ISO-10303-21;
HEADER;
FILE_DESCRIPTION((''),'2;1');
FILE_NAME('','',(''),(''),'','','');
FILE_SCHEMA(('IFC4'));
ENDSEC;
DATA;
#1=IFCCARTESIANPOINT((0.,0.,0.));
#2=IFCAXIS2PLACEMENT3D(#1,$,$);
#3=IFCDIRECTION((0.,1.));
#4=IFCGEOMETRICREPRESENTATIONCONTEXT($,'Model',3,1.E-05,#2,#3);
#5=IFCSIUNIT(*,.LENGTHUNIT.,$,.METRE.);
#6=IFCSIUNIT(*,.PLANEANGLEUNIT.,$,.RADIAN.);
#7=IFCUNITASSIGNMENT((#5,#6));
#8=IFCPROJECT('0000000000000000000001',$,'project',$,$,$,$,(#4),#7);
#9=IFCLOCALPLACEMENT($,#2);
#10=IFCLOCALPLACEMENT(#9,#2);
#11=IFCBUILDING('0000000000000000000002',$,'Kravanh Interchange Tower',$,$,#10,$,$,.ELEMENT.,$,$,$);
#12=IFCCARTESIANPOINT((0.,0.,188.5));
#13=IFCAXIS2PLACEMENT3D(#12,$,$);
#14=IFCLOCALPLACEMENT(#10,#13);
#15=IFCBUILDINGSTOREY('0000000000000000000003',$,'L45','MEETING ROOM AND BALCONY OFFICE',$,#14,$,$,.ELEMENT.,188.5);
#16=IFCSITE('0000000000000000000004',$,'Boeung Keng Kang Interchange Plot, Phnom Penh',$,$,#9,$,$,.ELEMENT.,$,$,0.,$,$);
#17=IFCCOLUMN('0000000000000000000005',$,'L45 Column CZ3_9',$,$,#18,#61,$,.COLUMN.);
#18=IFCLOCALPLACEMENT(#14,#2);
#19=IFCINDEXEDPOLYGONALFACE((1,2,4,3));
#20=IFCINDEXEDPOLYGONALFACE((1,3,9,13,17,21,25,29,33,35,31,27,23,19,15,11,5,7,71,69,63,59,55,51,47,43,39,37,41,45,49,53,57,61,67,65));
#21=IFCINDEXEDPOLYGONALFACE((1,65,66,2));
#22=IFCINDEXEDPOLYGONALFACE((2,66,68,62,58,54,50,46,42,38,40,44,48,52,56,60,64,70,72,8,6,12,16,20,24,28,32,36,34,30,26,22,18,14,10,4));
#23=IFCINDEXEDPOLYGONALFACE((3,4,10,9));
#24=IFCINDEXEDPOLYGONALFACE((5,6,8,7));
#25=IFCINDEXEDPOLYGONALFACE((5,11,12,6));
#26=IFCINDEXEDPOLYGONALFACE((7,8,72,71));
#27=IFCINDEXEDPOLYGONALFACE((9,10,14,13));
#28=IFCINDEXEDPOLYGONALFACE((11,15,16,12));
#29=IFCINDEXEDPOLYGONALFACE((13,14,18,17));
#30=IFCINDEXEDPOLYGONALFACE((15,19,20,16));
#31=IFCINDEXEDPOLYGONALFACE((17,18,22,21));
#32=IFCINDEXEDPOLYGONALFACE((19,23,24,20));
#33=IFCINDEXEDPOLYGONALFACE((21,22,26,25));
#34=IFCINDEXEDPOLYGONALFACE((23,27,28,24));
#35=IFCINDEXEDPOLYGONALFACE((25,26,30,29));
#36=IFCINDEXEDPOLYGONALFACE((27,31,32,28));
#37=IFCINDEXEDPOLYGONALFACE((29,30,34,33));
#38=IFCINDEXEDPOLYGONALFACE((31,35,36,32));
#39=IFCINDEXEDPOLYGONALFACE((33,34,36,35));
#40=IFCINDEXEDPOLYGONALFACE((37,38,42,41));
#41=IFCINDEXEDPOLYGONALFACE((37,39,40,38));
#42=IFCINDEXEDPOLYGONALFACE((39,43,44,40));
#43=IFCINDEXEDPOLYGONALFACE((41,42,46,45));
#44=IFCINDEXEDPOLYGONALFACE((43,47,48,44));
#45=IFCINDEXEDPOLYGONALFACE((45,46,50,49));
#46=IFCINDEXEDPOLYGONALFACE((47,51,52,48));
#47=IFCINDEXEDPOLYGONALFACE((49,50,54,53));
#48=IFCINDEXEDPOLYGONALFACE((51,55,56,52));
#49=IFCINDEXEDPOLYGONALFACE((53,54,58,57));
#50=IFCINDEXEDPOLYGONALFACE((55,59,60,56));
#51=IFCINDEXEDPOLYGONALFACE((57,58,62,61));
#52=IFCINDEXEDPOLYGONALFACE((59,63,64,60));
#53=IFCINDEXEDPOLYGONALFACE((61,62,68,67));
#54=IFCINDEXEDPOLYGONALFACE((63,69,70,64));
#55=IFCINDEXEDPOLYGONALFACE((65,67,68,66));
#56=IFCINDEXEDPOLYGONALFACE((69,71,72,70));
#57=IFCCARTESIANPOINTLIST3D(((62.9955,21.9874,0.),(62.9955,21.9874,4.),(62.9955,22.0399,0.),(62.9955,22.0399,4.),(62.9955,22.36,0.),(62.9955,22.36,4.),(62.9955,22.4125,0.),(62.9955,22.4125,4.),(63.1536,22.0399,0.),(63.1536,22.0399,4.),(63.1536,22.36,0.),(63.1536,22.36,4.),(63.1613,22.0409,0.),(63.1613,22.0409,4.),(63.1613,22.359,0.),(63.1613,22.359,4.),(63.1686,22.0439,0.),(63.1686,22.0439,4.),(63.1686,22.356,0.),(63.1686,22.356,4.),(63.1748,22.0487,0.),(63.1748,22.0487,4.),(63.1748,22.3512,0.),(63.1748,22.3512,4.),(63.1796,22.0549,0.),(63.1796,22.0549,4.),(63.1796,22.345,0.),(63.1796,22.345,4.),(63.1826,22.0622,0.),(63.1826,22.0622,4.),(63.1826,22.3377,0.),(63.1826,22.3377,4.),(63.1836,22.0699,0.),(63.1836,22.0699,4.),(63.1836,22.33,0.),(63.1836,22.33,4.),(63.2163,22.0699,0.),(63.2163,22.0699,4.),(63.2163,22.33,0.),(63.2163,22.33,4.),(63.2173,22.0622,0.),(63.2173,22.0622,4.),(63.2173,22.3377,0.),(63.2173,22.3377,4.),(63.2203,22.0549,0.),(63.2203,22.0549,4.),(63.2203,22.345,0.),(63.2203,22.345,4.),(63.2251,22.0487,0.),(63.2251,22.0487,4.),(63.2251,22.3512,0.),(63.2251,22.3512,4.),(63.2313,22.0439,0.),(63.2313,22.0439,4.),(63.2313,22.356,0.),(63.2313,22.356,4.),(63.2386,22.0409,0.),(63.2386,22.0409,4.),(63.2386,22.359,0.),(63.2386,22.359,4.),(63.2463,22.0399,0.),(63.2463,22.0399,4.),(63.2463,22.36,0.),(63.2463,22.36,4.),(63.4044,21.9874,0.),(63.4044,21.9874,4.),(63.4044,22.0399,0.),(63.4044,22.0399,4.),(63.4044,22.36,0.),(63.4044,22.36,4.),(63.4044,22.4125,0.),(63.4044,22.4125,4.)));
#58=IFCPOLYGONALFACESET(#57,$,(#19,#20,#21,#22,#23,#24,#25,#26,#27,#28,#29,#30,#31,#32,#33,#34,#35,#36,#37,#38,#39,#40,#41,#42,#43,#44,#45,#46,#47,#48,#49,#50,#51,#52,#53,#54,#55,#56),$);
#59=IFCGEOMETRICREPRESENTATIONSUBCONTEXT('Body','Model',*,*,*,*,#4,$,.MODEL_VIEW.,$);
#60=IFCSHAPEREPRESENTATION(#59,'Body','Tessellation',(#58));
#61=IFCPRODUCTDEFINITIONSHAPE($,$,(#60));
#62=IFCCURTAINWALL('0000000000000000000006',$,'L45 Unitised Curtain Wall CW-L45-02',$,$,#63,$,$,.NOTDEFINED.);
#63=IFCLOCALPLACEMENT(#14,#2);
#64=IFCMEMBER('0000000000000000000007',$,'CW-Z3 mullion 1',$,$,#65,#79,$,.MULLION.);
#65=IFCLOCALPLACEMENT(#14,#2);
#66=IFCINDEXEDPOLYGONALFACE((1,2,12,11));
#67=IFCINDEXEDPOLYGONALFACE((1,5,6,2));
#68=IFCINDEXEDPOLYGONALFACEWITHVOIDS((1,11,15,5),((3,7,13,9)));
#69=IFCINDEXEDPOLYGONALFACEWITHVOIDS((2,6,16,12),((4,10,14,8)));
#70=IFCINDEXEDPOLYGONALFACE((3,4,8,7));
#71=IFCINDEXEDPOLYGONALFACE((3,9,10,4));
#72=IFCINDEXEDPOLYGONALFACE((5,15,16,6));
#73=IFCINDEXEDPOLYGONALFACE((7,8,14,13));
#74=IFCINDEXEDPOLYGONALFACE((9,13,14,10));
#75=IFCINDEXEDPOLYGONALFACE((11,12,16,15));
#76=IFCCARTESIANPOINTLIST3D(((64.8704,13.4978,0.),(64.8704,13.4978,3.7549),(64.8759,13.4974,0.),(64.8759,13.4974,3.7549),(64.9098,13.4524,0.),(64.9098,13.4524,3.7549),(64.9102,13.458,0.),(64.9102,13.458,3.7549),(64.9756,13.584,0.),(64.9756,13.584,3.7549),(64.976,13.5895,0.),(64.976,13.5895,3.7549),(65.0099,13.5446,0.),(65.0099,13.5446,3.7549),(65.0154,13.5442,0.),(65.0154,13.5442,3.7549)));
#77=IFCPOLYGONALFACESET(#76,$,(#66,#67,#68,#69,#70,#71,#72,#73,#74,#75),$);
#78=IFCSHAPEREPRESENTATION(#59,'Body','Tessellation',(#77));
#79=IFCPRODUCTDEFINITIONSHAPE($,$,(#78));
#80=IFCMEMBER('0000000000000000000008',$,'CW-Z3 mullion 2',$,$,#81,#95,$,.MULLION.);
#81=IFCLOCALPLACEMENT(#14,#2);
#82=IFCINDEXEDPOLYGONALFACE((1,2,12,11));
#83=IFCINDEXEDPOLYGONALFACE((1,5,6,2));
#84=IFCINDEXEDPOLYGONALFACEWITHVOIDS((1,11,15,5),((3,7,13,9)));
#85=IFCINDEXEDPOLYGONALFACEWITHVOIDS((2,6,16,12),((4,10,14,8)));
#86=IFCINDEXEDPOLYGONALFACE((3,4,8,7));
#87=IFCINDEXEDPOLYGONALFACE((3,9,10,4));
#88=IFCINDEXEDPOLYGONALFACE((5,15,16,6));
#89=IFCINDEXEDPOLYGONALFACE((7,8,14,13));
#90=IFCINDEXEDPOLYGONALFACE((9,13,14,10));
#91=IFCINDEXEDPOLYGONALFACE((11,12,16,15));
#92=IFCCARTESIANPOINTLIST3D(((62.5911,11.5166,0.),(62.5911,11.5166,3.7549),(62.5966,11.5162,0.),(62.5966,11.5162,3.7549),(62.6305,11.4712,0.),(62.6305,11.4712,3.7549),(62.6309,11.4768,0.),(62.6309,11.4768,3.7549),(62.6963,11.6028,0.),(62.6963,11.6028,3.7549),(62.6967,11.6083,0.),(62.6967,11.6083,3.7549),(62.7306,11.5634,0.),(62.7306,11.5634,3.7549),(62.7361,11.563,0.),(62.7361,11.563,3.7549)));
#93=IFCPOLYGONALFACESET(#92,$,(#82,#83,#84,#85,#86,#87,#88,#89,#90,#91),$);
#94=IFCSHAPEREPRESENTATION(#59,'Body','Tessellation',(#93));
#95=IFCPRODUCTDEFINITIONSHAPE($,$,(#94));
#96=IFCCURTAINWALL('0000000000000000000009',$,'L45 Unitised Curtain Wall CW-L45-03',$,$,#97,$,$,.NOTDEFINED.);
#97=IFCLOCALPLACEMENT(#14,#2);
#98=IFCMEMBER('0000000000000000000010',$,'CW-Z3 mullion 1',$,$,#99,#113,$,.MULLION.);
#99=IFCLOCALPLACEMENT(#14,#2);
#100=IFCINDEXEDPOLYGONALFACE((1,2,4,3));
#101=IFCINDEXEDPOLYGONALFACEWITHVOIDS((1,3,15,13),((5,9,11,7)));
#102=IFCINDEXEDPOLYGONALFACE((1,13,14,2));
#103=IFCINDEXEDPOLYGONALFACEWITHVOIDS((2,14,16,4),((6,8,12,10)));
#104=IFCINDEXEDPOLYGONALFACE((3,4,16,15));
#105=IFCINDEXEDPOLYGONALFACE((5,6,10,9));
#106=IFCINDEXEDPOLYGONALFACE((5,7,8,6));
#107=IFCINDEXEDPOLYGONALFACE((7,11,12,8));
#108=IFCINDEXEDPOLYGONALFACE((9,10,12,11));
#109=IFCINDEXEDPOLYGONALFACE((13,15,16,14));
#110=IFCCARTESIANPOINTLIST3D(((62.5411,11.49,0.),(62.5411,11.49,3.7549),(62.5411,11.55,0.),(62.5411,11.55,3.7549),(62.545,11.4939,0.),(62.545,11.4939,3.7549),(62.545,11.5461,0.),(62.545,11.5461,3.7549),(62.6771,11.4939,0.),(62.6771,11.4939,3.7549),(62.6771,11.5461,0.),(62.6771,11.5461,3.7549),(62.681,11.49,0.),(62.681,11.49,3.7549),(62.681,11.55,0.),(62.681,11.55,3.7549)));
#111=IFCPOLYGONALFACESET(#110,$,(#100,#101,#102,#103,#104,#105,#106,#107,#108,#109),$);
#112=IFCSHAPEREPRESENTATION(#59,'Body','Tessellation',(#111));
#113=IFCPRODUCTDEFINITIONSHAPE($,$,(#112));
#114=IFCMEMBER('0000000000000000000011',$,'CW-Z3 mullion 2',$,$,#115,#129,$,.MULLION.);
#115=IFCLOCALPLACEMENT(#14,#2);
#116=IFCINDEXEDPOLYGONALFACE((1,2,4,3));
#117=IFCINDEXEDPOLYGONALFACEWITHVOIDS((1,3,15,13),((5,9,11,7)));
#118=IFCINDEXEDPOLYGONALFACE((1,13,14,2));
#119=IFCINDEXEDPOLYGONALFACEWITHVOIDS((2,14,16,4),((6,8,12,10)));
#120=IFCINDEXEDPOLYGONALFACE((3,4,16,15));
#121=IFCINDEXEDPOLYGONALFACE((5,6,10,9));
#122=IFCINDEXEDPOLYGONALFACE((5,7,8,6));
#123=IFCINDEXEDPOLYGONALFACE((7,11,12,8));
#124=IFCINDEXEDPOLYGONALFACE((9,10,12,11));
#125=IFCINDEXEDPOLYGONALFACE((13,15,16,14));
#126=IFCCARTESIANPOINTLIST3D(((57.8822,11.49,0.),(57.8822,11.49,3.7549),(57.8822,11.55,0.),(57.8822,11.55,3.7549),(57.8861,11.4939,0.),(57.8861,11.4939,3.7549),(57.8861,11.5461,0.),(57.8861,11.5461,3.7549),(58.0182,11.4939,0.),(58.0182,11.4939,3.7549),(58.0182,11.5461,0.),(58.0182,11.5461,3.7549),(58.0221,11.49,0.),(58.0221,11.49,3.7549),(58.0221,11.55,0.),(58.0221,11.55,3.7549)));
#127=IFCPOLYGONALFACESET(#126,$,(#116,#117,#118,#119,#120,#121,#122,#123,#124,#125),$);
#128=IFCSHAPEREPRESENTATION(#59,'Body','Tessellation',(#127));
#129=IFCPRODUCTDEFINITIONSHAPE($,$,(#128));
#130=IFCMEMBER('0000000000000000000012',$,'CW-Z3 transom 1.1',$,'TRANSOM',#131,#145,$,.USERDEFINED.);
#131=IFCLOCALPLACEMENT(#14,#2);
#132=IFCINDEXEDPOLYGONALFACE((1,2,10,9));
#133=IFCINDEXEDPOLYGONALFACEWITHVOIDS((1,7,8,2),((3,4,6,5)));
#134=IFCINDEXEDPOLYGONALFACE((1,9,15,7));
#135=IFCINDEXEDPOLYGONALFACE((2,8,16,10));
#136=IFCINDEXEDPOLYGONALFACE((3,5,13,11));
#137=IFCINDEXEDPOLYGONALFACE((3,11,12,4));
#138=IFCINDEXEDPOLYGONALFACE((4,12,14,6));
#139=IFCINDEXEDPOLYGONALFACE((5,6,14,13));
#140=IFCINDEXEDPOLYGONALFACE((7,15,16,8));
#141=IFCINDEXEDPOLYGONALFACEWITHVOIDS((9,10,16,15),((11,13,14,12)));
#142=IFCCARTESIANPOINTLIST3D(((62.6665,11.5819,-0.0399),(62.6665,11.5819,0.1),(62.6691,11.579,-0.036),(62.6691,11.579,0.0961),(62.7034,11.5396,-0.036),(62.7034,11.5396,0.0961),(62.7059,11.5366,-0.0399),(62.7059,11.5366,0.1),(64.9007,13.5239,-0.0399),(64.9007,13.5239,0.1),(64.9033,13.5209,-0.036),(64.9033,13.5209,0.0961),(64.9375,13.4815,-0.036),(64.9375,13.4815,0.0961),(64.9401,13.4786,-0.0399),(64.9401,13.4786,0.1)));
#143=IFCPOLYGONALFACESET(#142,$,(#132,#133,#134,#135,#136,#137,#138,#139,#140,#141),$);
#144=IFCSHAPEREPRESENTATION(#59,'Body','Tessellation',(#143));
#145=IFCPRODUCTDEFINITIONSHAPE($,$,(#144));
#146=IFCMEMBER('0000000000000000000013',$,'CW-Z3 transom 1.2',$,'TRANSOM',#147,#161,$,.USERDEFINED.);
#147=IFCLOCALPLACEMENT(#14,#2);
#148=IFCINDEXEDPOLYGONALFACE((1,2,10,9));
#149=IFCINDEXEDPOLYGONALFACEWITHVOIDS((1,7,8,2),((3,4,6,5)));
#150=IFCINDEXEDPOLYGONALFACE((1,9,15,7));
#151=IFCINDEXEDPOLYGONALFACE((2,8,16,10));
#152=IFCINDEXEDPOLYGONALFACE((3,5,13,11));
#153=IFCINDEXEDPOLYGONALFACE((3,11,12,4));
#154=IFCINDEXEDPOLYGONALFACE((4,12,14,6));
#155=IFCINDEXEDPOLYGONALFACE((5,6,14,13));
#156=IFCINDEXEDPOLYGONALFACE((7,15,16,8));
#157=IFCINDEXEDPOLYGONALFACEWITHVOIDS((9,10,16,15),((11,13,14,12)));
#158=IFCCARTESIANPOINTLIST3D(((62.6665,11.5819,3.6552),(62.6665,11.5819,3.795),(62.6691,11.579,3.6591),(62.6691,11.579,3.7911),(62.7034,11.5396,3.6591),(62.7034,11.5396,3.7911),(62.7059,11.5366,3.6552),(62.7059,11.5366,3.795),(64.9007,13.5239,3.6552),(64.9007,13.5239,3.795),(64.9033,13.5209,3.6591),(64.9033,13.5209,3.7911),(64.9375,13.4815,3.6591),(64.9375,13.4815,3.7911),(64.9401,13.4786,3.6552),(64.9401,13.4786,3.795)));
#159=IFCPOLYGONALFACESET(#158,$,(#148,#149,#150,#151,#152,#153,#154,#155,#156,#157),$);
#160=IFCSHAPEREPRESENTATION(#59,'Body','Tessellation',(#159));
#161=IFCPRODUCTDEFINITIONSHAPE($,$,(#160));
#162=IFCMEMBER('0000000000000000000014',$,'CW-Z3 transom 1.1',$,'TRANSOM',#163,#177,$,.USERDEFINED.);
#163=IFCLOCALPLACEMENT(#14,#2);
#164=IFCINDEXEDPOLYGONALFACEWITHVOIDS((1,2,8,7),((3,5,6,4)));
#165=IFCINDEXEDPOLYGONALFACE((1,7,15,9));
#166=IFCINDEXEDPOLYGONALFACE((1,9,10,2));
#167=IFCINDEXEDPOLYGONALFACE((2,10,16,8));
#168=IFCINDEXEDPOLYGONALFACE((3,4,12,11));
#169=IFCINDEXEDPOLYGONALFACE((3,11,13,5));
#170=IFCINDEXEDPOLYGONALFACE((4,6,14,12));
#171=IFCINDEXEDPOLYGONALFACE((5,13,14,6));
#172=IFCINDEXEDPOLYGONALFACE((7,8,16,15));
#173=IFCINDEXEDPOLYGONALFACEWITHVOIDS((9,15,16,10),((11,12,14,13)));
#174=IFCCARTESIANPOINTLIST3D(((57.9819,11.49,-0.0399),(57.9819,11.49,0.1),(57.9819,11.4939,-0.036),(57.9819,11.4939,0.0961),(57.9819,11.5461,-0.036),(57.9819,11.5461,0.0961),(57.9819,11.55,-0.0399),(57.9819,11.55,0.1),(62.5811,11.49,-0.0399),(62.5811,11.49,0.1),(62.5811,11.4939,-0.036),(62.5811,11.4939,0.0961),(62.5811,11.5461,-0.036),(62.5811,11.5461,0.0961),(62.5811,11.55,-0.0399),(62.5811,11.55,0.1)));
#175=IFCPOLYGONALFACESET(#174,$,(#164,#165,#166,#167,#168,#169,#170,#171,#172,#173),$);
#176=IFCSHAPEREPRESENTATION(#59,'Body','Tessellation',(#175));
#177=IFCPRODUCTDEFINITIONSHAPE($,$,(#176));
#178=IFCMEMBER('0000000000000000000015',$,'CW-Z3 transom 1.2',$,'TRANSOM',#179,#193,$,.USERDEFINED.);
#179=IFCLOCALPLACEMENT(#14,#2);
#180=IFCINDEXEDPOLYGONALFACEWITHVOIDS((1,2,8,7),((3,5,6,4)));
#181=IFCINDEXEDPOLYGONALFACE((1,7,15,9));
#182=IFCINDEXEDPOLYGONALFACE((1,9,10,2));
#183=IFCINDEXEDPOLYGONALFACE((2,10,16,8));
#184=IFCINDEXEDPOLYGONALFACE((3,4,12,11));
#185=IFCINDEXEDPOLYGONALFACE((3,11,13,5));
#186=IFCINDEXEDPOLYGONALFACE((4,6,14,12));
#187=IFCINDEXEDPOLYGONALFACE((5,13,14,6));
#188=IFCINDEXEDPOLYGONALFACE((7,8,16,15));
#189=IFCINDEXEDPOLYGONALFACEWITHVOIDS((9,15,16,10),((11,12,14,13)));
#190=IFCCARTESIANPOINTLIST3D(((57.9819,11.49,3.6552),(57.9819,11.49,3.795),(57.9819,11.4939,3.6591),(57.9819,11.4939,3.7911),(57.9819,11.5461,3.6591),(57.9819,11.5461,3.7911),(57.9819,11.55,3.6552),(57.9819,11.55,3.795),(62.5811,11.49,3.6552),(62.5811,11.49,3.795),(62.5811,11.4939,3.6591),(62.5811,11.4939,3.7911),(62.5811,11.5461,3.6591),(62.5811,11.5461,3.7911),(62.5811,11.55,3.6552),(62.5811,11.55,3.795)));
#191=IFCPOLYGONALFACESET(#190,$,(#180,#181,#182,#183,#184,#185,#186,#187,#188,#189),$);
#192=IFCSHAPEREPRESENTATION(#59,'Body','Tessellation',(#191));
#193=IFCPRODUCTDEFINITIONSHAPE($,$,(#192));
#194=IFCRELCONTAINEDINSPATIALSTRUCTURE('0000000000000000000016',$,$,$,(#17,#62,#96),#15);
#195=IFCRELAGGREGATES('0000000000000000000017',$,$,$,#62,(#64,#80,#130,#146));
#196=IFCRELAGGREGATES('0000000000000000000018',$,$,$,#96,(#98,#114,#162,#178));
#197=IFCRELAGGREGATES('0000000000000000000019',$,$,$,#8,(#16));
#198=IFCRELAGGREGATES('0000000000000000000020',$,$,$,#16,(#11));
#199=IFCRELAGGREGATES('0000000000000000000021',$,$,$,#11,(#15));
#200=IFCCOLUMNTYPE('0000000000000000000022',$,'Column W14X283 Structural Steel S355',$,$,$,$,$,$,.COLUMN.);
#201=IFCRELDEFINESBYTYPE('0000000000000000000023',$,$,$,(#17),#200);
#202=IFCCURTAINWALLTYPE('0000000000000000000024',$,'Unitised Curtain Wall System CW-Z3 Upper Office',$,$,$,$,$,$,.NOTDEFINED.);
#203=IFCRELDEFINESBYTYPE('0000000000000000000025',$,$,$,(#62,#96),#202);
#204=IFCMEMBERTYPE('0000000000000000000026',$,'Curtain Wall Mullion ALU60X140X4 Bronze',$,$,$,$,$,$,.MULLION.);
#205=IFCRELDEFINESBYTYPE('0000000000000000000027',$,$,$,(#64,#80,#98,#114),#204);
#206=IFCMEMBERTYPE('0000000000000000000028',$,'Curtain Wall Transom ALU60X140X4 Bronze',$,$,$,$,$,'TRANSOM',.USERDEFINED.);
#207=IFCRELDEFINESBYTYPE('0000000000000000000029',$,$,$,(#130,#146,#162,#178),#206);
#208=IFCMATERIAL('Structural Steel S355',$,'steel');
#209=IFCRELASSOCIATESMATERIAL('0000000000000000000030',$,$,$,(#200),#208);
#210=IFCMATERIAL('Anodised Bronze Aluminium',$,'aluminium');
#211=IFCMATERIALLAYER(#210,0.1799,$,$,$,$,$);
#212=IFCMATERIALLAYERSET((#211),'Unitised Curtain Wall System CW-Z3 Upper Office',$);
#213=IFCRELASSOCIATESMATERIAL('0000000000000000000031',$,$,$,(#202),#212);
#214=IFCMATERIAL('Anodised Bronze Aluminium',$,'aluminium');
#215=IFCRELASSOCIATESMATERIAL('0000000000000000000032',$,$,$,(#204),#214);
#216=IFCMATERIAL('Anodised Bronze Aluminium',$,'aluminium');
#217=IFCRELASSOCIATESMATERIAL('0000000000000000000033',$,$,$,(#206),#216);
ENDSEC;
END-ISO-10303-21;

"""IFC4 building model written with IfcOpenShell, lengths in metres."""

from ifc_helpers import new_model, si_unit, direction, frame, origin, origin_2d, place, context, subcontext, project, spatial, hollow_rectangle, i_section, extrude, material, layer, layer_set, material_profile, profile_set, type_object, element, aggregate, save


model = new_model("IFC4")

# Units and contexts
model_context = context("Model", 3, precision=1e-05, world=origin(), true_north=direction((0.0, 1.0)))
body_context = subcontext(model_context, "Body", "Model", "MODEL_VIEW")
ifc_project = project(units=[si_unit("LENGTHUNIT", "METRE"), si_unit("PLANEANGLEUNIT", "RADIAN")], contexts=[model_context])

# Site, building, storey
site_placement = place(None, origin())
site = spatial("IfcSite", under=ifc_project, at=site_placement, Name="Boeung Keng Kang Interchange Plot, Phnom Penh", CompositionType="ELEMENT", RefElevation=0.0)
building_placement = place(site_placement, origin())
building = spatial("IfcBuilding", under=site, at=building_placement, Name="Kravanh Interchange Tower", CompositionType="ELEMENT")
storey_placement = place(building_placement, frame((0.0, 0.0, 188.5)))
storey = spatial("IfcBuildingStorey", under=building, at=storey_placement, Name="L45", Description="MEETING ROOM AND BALCONY OFFICE", CompositionType="ELEMENT", Elevation=188.5)

# Column
ifc_material_1 = material(Name="Structural Steel S355", Category="steel")
ifc_material_profile_1 = material_profile(ifc_material_1, i_section(OverallWidth=0.4089, OverallDepth=0.425, WebThickness=0.0327, FlangeThickness=0.0525, FilletRadius=0.03, at=origin_2d()), Name="W14X283")
ifc_profile_set_1 = profile_set([ifc_material_profile_1], Name="Structural Steel S355")
column_type = type_object("IfcColumnType", Name="Column W14X283 Structural Steel S355", PredefinedType="COLUMN", material=ifc_profile_set_1)
for number, where, z_axis, x_axis, name in (
    (1, (63.2, 22.2, 0.0), (0.0, 0.0, 1.0), (1.0, 0.0, 0.0), "L45 Column CZ3_9"),
):
    element("IfcColumn", number, at=place(storey_placement, frame(where, z_axis=z_axis, x_axis=x_axis)), inside=storey, type_object=column_type, Name=name, PredefinedType="COLUMN", context=body_context, shape_type="SweptSolid", body=[
        extrude(i_section(OverallWidth=0.4089, OverallDepth=0.425, WebThickness=0.0327, FlangeThickness=0.0525, FilletRadius=0.03, at=origin_2d()), origin(), (0.0, 0.0, 1.0), 4.0),
    ])

# Curtain walls, members
ifc_material_2 = material(Name="Anodised Bronze Aluminium", Category="aluminium")
ifc_layer_1 = layer(ifc_material_2, 0.1799)
ifc_layer_set_1 = layer_set([ifc_layer_1], Name="Unitised Curtain Wall System CW-Z3 Upper Office")
curtain_wall_type = type_object("IfcCurtainWallType", Name="Unitised Curtain Wall System CW-Z3 Upper Office", PredefinedType="NOTDEFINED", material=ifc_layer_set_1)
curtain_wall_1_placement = place(storey_placement, origin())
curtain_wall_1 = element("IfcCurtainWall", 2, at=curtain_wall_1_placement, inside=storey, type_object=curtain_wall_type, Name="L45 Unitised Curtain Wall CW-L45-02", PredefinedType="NOTDEFINED")
ifc_material_3 = material(Name="Anodised Bronze Aluminium", Category="aluminium")
ifc_material_profile_2 = material_profile(ifc_material_3, hollow_rectangle(XDim=0.0601, YDim=0.1399, WallThickness=0.0039, at=origin_2d()), Name="ALU60X140X4")
ifc_profile_set_2 = profile_set([ifc_material_profile_2], Name="Anodised Bronze Aluminium")
member_type_1 = type_object("IfcMemberType", Name="Curtain Wall Mullion ALU60X140X4 Bronze", PredefinedType="MULLION", material=ifc_profile_set_2)
member_1_placement = place(storey_placement, frame((64.9429, 13.521, 0.0), z_axis=(0.0, 0.0, 1.0), x_axis=(0.656051, -0.754717, 0.0)))
member_1 = element("IfcMember", 3, at=member_1_placement, type_object=member_type_1, Name="CW-Z3 mullion 1", PredefinedType="MULLION", context=body_context, shape_type="SweptSolid", body=[
    extrude(hollow_rectangle(XDim=0.0601, YDim=0.1399, WallThickness=0.0039, at=origin_2d()), origin(), (0.0, 0.0, 1.0), 3.7549),
])
member_2_placement = place(storey_placement, frame((62.6636, 11.5398, 0.0), z_axis=(0.0, 0.0, 1.0), x_axis=(0.656051, -0.754717, 0.0)))
member_2 = element("IfcMember", 4, at=member_2_placement, type_object=member_type_1, Name="CW-Z3 mullion 2", PredefinedType="MULLION", context=body_context, shape_type="SweptSolid", body=[
    extrude(hollow_rectangle(XDim=0.0601, YDim=0.1399, WallThickness=0.0039, at=origin_2d()), origin(), (0.0, 0.0, 1.0), 3.7549),
])
curtain_wall_2_placement = place(storey_placement, origin())
curtain_wall_2 = element("IfcCurtainWall", 5, at=curtain_wall_2_placement, inside=storey, type_object=curtain_wall_type, Name="L45 Unitised Curtain Wall CW-L45-03", PredefinedType="NOTDEFINED")
member_3_placement = place(storey_placement, frame((62.6111, 11.52, 0.0), z_axis=(0.0, 0.0, 1.0), x_axis=(0.0, -1.0, 0.0)))
member_3 = element("IfcMember", 6, at=member_3_placement, type_object=member_type_1, Name="CW-Z3 mullion 1", PredefinedType="MULLION", context=body_context, shape_type="SweptSolid", body=[
    extrude(hollow_rectangle(XDim=0.0601, YDim=0.1399, WallThickness=0.0039, at=origin_2d()), origin(), (0.0, 0.0, 1.0), 3.7549),
])
member_4_placement = place(storey_placement, frame((57.9521, 11.52, 0.0), z_axis=(0.0, 0.0, 1.0), x_axis=(0.0, -1.0, 0.0)))
member_4 = element("IfcMember", 7, at=member_4_placement, type_object=member_type_1, Name="CW-Z3 mullion 2", PredefinedType="MULLION", context=body_context, shape_type="SweptSolid", body=[
    extrude(hollow_rectangle(XDim=0.0601, YDim=0.1399, WallThickness=0.0039, at=origin_2d()), origin(), (0.0, 0.0, 1.0), 3.7549),
])

# Members
ifc_material_4 = material(Name="Anodised Bronze Aluminium", Category="aluminium")
ifc_material_profile_3 = material_profile(ifc_material_4, hollow_rectangle(XDim=0.0601, YDim=0.1399, WallThickness=0.0039, at=origin_2d()), Name="ALU60X140X4")
ifc_profile_set_3 = profile_set([ifc_material_profile_3], Name="Anodised Bronze Aluminium")
member_type_2 = type_object("IfcMemberType", Name="Curtain Wall Transom ALU60X140X4 Bronze", ElementType="TRANSOM", PredefinedType="USERDEFINED", material=ifc_profile_set_3)
member_5_placement = place(storey_placement, frame((64.9204, 13.5012, 0.03), z_axis=(-0.754744, -0.656019, 0.0), x_axis=(0.656019, -0.754744, 0.0)))
member_5 = element("IfcMember", 8, at=member_5_placement, type_object=member_type_2, Name="CW-Z3 transom 1.1", ObjectType="TRANSOM", PredefinedType="USERDEFINED", context=body_context, shape_type="SweptSolid", body=[
    extrude(hollow_rectangle(XDim=0.0601, YDim=0.1399, WallThickness=0.0039, at=origin_2d()), origin(), (0.0, 0.0, 1.0), 2.9602),
])
member_6_placement = place(storey_placement, frame((64.9204, 13.5012, 3.7251), z_axis=(-0.754744, -0.656019, 0.0), x_axis=(0.656019, -0.754744, 0.0)))
member_6 = element("IfcMember", 9, at=member_6_placement, type_object=member_type_2, Name="CW-Z3 transom 1.2", ObjectType="TRANSOM", PredefinedType="USERDEFINED", context=body_context, shape_type="SweptSolid", body=[
    extrude(hollow_rectangle(XDim=0.0601, YDim=0.1399, WallThickness=0.0039, at=origin_2d()), origin(), (0.0, 0.0, 1.0), 2.9602),
])
member_7_placement = place(storey_placement, frame((62.5811, 11.52, 0.03), z_axis=(-1.0, 0.0, 0.0), x_axis=(0.0, -1.0, 0.0)))
member_7 = element("IfcMember", 10, at=member_7_placement, type_object=member_type_2, Name="CW-Z3 transom 1.1", ObjectType="TRANSOM", PredefinedType="USERDEFINED", context=body_context, shape_type="SweptSolid", body=[
    extrude(hollow_rectangle(XDim=0.0601, YDim=0.1399, WallThickness=0.0039, at=origin_2d()), origin(), (0.0, 0.0, 1.0), 4.5991),
])
member_8_placement = place(storey_placement, frame((62.5811, 11.52, 3.7251), z_axis=(-1.0, 0.0, 0.0), x_axis=(0.0, -1.0, 0.0)))
member_8 = element("IfcMember", 11, at=member_8_placement, type_object=member_type_2, Name="CW-Z3 transom 1.2", ObjectType="TRANSOM", PredefinedType="USERDEFINED", context=body_context, shape_type="SweptSolid", body=[
    extrude(hollow_rectangle(XDim=0.0601, YDim=0.1399, WallThickness=0.0039, at=origin_2d()), origin(), (0.0, 0.0, 1.0), 4.5991),
])

aggregate(curtain_wall_1, [member_1, member_2, member_5, member_6])
aggregate(curtain_wall_2, [member_3, member_4, member_7, member_8])

save(model, "model.ifc")
